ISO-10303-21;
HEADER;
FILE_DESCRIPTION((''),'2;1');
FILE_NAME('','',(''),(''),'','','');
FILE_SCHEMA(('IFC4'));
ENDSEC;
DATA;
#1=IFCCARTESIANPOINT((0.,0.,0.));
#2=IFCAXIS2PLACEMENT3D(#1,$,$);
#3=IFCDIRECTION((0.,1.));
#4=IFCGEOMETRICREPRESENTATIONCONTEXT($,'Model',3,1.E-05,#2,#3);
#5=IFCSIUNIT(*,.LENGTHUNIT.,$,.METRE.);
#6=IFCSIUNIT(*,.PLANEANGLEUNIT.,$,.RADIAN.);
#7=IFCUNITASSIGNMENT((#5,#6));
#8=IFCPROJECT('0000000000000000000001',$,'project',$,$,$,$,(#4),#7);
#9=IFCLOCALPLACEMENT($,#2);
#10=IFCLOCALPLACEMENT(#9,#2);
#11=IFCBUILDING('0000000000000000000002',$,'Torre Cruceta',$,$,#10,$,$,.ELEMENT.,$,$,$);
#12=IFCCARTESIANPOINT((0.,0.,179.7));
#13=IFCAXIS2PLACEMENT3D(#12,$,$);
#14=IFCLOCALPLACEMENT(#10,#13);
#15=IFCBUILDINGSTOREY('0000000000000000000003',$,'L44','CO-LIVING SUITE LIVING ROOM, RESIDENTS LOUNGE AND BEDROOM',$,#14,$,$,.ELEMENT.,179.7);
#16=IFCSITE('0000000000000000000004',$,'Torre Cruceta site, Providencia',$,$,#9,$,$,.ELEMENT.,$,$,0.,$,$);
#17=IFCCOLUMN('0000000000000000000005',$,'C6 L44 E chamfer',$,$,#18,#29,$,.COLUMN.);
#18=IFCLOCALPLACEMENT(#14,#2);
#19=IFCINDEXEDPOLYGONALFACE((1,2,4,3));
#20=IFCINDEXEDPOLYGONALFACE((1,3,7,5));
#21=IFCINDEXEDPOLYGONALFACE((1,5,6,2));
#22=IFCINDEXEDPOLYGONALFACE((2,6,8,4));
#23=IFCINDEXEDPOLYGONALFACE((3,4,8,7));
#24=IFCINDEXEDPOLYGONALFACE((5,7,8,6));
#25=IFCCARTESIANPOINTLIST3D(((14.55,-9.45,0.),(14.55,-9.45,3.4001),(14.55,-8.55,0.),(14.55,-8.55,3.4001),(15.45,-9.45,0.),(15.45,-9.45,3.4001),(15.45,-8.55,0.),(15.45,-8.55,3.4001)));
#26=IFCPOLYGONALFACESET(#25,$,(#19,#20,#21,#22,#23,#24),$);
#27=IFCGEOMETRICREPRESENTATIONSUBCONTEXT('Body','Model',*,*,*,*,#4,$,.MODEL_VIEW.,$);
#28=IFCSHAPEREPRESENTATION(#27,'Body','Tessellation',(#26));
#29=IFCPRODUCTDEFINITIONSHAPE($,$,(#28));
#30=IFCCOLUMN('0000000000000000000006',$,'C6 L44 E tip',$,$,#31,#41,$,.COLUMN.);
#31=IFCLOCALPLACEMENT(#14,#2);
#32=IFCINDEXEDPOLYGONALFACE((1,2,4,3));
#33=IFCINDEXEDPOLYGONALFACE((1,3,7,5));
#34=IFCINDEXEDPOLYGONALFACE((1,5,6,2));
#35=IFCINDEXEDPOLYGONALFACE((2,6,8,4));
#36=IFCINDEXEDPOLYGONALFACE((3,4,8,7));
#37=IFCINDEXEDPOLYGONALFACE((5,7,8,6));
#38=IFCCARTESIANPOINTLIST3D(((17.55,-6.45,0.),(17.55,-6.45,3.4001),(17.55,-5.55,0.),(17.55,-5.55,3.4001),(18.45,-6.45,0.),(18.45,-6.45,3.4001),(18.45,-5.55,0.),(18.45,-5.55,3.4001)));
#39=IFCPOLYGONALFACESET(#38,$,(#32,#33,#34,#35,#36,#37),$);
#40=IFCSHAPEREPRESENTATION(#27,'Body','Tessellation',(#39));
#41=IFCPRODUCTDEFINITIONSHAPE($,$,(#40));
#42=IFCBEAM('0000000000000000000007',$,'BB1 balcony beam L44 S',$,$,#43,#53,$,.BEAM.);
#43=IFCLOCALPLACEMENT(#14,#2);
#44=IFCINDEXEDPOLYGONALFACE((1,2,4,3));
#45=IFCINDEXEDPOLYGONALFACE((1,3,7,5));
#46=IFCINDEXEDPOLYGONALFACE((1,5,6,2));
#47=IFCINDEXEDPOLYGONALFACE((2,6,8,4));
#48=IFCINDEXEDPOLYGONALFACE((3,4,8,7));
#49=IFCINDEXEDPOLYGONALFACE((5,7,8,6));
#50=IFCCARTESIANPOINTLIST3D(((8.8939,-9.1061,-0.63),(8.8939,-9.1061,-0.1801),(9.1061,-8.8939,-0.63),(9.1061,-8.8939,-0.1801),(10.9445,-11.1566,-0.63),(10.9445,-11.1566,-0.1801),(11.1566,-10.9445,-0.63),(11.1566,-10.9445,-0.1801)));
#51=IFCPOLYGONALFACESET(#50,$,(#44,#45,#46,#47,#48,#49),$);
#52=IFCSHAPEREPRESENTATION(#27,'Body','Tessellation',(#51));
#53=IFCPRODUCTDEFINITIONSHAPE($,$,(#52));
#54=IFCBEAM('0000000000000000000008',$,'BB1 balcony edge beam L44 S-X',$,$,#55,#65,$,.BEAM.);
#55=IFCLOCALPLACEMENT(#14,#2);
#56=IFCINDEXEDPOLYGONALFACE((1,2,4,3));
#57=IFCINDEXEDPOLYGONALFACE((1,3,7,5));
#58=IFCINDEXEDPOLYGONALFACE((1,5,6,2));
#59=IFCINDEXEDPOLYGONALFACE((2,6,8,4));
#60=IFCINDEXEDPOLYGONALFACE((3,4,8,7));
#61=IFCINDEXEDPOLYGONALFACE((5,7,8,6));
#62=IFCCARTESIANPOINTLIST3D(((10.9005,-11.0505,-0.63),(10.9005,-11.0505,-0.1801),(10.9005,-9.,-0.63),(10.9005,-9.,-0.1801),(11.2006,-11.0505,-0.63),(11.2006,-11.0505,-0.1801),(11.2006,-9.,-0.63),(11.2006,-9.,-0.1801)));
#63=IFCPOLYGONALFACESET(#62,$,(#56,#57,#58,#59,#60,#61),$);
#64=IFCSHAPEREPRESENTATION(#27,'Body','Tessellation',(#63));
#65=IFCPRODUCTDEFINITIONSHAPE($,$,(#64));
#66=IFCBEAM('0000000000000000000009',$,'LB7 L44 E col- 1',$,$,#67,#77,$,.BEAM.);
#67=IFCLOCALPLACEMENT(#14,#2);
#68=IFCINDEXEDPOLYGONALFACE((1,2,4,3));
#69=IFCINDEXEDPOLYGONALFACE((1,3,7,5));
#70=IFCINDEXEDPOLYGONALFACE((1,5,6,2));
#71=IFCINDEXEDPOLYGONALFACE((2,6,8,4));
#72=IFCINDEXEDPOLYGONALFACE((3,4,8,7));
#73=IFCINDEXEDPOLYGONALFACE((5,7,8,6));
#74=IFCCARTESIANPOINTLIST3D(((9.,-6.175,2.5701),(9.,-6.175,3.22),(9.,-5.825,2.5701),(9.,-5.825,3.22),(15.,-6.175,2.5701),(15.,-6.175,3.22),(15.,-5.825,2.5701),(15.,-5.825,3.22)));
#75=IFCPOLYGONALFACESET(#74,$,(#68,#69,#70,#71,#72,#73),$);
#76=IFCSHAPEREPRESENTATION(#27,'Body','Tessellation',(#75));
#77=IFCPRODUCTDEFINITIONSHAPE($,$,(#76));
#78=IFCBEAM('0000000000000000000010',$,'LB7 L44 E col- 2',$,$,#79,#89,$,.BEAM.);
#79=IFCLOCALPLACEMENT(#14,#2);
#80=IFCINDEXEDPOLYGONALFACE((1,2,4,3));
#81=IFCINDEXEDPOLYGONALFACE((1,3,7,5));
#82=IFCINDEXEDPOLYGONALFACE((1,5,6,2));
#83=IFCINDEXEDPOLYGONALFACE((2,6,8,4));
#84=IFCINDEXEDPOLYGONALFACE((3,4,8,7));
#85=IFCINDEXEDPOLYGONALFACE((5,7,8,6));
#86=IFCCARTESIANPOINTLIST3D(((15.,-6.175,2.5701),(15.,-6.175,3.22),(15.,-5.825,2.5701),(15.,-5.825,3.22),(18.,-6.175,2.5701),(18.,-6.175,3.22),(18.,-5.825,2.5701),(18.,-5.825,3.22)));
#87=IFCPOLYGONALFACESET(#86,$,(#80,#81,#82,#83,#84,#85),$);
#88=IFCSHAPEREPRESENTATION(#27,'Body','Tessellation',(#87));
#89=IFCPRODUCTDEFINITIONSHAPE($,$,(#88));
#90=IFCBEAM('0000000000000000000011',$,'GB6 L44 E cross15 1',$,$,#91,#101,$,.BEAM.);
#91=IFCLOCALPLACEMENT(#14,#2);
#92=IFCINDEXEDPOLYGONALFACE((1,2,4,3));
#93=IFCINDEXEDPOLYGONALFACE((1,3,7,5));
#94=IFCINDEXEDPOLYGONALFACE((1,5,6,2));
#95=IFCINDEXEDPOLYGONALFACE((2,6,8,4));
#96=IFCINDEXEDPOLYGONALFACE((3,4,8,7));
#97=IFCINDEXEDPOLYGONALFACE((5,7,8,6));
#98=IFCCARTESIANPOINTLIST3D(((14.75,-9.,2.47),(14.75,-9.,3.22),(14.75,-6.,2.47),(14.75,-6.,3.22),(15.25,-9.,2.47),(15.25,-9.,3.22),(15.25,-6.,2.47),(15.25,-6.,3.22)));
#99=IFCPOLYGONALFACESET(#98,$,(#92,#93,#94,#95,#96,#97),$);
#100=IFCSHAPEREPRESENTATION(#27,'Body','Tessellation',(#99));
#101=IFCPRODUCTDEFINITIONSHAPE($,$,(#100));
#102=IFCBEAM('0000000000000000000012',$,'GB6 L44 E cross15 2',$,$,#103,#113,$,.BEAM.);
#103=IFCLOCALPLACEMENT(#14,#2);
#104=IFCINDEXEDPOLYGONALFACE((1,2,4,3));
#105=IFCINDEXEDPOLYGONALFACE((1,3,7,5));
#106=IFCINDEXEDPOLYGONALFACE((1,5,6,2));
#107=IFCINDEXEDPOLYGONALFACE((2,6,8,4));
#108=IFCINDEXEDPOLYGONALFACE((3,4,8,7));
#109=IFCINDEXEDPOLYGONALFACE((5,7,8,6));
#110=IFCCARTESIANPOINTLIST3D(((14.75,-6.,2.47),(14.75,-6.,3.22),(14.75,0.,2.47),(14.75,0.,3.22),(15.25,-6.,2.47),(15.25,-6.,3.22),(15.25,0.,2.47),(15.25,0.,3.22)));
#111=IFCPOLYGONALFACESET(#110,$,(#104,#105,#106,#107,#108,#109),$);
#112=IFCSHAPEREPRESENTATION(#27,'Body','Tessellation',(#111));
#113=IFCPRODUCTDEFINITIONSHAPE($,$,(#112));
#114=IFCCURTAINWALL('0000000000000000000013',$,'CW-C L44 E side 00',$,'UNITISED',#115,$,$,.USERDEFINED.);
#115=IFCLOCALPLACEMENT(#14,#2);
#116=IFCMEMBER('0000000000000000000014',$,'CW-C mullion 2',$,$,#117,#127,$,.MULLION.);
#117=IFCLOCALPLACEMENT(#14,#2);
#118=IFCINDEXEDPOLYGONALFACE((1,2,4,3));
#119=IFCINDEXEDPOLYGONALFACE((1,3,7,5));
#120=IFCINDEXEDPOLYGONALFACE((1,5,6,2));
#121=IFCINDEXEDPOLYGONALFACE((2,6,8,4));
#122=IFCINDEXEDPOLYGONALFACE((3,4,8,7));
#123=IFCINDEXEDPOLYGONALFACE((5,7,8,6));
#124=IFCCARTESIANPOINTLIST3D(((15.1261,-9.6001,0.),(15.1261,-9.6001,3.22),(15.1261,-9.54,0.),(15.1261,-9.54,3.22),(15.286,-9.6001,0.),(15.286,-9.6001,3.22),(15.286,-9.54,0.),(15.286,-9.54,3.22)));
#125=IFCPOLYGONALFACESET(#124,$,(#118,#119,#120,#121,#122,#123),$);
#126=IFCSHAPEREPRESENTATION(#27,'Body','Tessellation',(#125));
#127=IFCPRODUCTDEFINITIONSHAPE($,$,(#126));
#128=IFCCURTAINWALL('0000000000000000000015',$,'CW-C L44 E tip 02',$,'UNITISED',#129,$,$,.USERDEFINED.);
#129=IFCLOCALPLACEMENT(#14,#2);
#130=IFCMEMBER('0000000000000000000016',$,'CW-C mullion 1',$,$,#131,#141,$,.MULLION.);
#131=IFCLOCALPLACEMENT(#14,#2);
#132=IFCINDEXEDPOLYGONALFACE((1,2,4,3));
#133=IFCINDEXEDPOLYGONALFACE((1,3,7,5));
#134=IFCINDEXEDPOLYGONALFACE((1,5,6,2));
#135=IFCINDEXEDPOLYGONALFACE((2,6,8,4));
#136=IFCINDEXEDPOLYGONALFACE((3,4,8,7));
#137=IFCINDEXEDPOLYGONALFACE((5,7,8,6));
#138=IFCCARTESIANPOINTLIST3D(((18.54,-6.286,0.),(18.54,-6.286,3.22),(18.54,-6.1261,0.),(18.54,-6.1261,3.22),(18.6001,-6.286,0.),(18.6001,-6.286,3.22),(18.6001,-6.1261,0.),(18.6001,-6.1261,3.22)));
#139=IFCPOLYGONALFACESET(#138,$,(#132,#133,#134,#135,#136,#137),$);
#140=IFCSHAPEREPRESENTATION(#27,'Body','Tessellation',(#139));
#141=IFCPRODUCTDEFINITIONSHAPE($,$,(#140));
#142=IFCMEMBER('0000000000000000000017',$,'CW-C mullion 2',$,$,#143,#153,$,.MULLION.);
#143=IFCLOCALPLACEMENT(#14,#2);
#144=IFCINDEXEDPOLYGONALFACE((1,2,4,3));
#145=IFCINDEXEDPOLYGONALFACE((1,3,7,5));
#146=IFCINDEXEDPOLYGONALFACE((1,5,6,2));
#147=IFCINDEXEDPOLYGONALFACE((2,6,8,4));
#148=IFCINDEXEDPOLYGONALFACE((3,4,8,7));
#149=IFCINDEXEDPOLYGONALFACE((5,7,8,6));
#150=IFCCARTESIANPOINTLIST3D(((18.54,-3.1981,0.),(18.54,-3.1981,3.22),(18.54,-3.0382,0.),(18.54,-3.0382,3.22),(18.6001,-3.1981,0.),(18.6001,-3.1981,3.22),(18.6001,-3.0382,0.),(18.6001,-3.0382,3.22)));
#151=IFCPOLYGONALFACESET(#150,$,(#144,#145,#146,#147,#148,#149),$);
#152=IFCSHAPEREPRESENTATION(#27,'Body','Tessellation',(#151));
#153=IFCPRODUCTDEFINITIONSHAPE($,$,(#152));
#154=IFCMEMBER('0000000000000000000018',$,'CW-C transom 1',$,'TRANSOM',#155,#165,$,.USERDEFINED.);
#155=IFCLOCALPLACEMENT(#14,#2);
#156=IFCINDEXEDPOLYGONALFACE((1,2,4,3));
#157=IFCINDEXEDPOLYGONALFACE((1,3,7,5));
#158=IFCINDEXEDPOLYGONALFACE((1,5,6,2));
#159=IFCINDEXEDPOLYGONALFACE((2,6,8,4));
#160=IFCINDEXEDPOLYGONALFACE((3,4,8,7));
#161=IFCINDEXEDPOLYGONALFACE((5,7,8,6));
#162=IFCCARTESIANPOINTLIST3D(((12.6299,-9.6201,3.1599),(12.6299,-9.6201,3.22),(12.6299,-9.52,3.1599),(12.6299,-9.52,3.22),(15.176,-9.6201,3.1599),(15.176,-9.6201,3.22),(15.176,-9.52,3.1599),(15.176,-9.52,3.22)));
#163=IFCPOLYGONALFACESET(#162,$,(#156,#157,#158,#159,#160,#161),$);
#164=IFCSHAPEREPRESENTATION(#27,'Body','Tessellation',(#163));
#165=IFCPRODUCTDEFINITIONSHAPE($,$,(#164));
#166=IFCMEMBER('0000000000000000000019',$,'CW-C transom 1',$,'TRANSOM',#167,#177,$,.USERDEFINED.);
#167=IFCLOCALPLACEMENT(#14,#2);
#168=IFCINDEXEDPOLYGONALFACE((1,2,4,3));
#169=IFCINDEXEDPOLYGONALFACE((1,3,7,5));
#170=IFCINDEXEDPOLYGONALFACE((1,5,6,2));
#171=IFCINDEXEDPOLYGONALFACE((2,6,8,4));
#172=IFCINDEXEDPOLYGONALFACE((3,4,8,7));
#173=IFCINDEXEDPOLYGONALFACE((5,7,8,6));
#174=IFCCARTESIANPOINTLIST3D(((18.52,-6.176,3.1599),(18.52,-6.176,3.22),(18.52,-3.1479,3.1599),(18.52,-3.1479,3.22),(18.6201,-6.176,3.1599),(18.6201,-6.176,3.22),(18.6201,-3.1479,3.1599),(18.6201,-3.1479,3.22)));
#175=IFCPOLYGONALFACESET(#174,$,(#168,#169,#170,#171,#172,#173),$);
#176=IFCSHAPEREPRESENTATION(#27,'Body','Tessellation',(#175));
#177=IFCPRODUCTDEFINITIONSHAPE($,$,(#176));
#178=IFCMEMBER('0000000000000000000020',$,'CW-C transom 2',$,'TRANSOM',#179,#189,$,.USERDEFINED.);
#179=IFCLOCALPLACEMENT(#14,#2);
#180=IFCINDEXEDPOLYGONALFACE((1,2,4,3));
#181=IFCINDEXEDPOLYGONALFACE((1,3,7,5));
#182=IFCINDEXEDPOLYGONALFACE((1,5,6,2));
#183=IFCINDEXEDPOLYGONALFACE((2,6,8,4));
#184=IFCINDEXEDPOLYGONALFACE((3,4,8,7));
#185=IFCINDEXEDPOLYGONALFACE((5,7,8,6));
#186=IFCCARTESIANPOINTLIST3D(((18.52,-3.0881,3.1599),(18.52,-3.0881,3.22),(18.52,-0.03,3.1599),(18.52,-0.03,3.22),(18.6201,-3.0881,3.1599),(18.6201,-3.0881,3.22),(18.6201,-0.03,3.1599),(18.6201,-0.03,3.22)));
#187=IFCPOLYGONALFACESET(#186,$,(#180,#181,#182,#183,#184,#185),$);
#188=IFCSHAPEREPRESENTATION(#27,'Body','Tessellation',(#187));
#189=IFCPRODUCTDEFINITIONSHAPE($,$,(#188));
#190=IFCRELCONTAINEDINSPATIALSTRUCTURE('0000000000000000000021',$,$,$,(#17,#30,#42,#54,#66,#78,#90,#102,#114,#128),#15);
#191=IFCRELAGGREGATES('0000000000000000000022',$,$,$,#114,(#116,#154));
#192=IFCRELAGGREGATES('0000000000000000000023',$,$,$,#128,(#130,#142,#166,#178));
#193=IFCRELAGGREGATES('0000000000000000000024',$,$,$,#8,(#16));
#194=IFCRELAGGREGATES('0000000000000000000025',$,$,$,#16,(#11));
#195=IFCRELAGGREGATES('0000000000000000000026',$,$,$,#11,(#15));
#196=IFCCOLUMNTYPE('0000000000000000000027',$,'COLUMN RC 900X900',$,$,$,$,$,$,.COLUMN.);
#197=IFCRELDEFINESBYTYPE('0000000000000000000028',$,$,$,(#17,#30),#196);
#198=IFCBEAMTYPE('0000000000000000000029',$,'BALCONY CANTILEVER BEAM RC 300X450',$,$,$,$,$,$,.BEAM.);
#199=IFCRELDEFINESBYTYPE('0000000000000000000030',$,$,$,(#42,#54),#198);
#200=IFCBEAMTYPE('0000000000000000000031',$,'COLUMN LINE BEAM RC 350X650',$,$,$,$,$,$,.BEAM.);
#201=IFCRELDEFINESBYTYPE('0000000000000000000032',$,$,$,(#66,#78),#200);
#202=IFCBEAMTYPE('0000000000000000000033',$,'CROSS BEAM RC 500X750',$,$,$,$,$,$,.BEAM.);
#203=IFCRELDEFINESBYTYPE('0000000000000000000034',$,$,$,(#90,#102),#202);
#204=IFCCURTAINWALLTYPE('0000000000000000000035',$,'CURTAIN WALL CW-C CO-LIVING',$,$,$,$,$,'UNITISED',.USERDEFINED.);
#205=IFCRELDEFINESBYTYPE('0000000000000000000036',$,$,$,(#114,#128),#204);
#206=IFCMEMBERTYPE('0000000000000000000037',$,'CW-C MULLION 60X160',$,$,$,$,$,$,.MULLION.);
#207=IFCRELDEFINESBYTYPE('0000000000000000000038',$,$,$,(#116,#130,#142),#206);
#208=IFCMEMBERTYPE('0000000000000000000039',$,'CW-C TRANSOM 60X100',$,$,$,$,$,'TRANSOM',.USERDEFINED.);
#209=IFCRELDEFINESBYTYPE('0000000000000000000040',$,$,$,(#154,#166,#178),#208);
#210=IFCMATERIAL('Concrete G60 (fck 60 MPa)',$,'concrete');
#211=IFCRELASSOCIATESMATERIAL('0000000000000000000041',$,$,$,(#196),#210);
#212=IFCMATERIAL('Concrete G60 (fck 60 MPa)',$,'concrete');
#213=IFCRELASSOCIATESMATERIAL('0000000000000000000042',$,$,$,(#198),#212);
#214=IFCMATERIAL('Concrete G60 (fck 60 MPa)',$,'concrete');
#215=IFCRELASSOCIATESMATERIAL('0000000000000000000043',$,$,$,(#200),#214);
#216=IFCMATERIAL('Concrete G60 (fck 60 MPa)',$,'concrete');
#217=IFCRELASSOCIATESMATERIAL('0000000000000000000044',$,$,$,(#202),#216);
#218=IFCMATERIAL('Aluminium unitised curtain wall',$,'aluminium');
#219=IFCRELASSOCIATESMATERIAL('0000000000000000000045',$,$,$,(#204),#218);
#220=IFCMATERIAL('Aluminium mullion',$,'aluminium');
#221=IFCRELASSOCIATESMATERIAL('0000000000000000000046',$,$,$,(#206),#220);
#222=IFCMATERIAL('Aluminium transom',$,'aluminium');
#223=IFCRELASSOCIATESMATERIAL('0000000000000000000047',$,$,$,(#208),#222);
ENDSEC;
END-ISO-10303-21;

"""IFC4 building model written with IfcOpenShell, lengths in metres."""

from ifc_helpers import new_model, si_unit, direction, frame, origin, origin_2d, place, context, subcontext, project, spatial, rectangle, extrude, material, material_profile, profile_set, type_object, element, aggregate, save


model = new_model("IFC4")

# Units and contexts
model_context = context("Model", 3, precision=1e-05, world=origin(), true_north=direction((0.0, 1.0)))
body_context = subcontext(model_context, "Body", "Model", "MODEL_VIEW")
ifc_project = project(units=[si_unit("LENGTHUNIT", "METRE"), si_unit("PLANEANGLEUNIT", "RADIAN")], contexts=[model_context])

# Site, building, storey
site_placement = place(None, origin())
site = spatial("IfcSite", under=ifc_project, at=site_placement, Name="Torre Cruceta site, Providencia", CompositionType="ELEMENT", RefElevation=0.0)
building_placement = place(site_placement, origin())
building = spatial("IfcBuilding", under=site, at=building_placement, Name="Torre Cruceta", CompositionType="ELEMENT")
storey_placement = place(building_placement, frame((0.0, 0.0, 179.7)))
storey = spatial("IfcBuildingStorey", under=building, at=storey_placement, Name="L44", Description="CO-LIVING SUITE LIVING ROOM, RESIDENTS LOUNGE AND BEDROOM", CompositionType="ELEMENT", Elevation=179.7)

# Columns
ifc_material_1 = material(Name="Concrete G60 (fck 60 MPa)", Category="concrete")
ifc_material_profile_1 = material_profile(ifc_material_1, rectangle(XDim=0.8999, YDim=0.8999, at=origin_2d()), Name="RC 900X900")
ifc_profile_set_1 = profile_set([ifc_material_profile_1], Name="Concrete G60 (fck 60 MPa)")
column_type = type_object("IfcColumnType", Name="COLUMN RC 900X900", PredefinedType="COLUMN", material=ifc_profile_set_1)
for number, where, z_axis, x_axis, name in (
    (1, (15.0, -9.0, 0.0), (0.0, 0.0, 1.0), (1.0, 0.0, 0.0), "C6 L44 E chamfer"),
    (2, (18.0, -6.0, 0.0), (0.0, 0.0, 1.0), (1.0, 0.0, 0.0), "C6 L44 E tip"),
):
    element("IfcColumn", number, at=place(storey_placement, frame(where, z_axis=z_axis, x_axis=x_axis)), inside=storey, type_object=column_type, Name=name, PredefinedType="COLUMN", context=body_context, shape_type="SweptSolid", body=[
        extrude(rectangle(XDim=0.8999, YDim=0.8999, at=origin_2d()), origin(), (0.0, 0.0, 1.0), 3.4001),
    ])

# Beams
ifc_material_2 = material(Name="Concrete G60 (fck 60 MPa)", Category="concrete")
ifc_material_profile_2 = material_profile(ifc_material_2, rectangle(XDim=0.3, YDim=0.45, at=origin_2d()), Name="RC 300X450")
ifc_profile_set_2 = profile_set([ifc_material_profile_2], Name="Concrete G60 (fck 60 MPa)")
beam_type_1 = type_object("IfcBeamType", Name="BALCONY CANTILEVER BEAM RC 300X450", PredefinedType="BEAM", material=ifc_profile_set_2)
beam_1_placement = place(storey_placement, frame((9.0, -9.0, -0.405), z_axis=(0.707107, -0.707107, 0.0), x_axis=(0.707107, 0.707107, 0.0)))
element("IfcBeam", 3, at=beam_1_placement, inside=storey, type_object=beam_type_1, Name="BB1 balcony beam L44 S", PredefinedType="BEAM", context=body_context, shape_type="SweptSolid", body=[
    extrude(rectangle(XDim=0.3, YDim=0.45, at=origin_2d()), origin(), (0.0, 0.0, 1.0), 2.8999),
])
beam_2_placement = place(storey_placement, frame((11.0505, -9.0, -0.405), z_axis=(0.0, -1.0, 0.0), x_axis=(1.0, 0.0, 0.0)))
element("IfcBeam", 4, at=beam_2_placement, inside=storey, type_object=beam_type_1, Name="BB1 balcony edge beam L44 S-X", PredefinedType="BEAM", context=body_context, shape_type="SweptSolid", body=[
    extrude(rectangle(XDim=0.3, YDim=0.45, at=origin_2d()), origin(), (0.0, 0.0, 1.0), 2.0505),
])
ifc_material_3 = material(Name="Concrete G60 (fck 60 MPa)", Category="concrete")
ifc_material_profile_3 = material_profile(ifc_material_3, rectangle(XDim=0.3501, YDim=0.6499, at=origin_2d()), Name="RC 350X650")
ifc_profile_set_3 = profile_set([ifc_material_profile_3], Name="Concrete G60 (fck 60 MPa)")
beam_type_2 = type_object("IfcBeamType", Name="COLUMN LINE BEAM RC 350X650", PredefinedType="BEAM", material=ifc_profile_set_3)
beam_3_placement = place(storey_placement, frame((9.0, -6.0, 2.895), z_axis=(1.0, 0.0, 0.0), x_axis=(0.0, 1.0, 0.0)))
element("IfcBeam", 5, at=beam_3_placement, inside=storey, type_object=beam_type_2, Name="LB7 L44 E col- 1", PredefinedType="BEAM", context=body_context, shape_type="SweptSolid", body=[
    extrude(rectangle(XDim=0.3501, YDim=0.6499, at=origin_2d()), origin(), (0.0, 0.0, 1.0), 6.0),
])
beam_4_placement = place(storey_placement, frame((15.0, -6.0, 2.895), z_axis=(1.0, 0.0, 0.0), x_axis=(0.0, 1.0, 0.0)))
element("IfcBeam", 6, at=beam_4_placement, inside=storey, type_object=beam_type_2, Name="LB7 L44 E col- 2", PredefinedType="BEAM", context=body_context, shape_type="SweptSolid", body=[
    extrude(rectangle(XDim=0.3501, YDim=0.6499, at=origin_2d()), origin(), (0.0, 0.0, 1.0), 3.0),
])
ifc_material_4 = material(Name="Concrete G60 (fck 60 MPa)", Category="concrete")
ifc_material_profile_4 = material_profile(ifc_material_4, rectangle(XDim=0.5, YDim=0.75, at=origin_2d()), Name="RC 500X750")
ifc_profile_set_4 = profile_set([ifc_material_profile_4], Name="Concrete G60 (fck 60 MPa)")
beam_type_3 = type_object("IfcBeamType", Name="CROSS BEAM RC 500X750", PredefinedType="BEAM", material=ifc_profile_set_4)
beam_5_placement = place(storey_placement, frame((15.0, -9.0, 2.845), z_axis=(0.0, 1.0, 0.0), x_axis=(-1.0, 0.0, 0.0)))
element("IfcBeam", 7, at=beam_5_placement, inside=storey, type_object=beam_type_3, Name="GB6 L44 E cross15 1", PredefinedType="BEAM", context=body_context, shape_type="SweptSolid", body=[
    extrude(rectangle(XDim=0.5, YDim=0.75, at=origin_2d()), origin(), (0.0, 0.0, 1.0), 3.0),
])
beam_6_placement = place(storey_placement, frame((15.0, -6.0, 2.845), z_axis=(0.0, 1.0, 0.0), x_axis=(-1.0, 0.0, 0.0)))
element("IfcBeam", 8, at=beam_6_placement, inside=storey, type_object=beam_type_3, Name="GB6 L44 E cross15 2", PredefinedType="BEAM", context=body_context, shape_type="SweptSolid", body=[
    extrude(rectangle(XDim=0.5, YDim=0.75, at=origin_2d()), origin(), (0.0, 0.0, 1.0), 6.0),
])

# Curtain wall, member
ifc_material_5 = material(Name="Aluminium unitised curtain wall", Category="aluminium")
curtain_wall_type = type_object("IfcCurtainWallType", Name="CURTAIN WALL CW-C CO-LIVING", ElementType="UNITISED", PredefinedType="USERDEFINED", material=ifc_material_5)
curtain_wall_1_placement = place(storey_placement, origin())
curtain_wall_1 = element("IfcCurtainWall", 9, at=curtain_wall_1_placement, inside=storey, type_object=curtain_wall_type, Name="CW-C L44 E side 00", ObjectType="UNITISED", PredefinedType="USERDEFINED")
ifc_material_6 = material(Name="Aluminium mullion", Category="aluminium")
ifc_material_profile_5 = material_profile(ifc_material_6, rectangle(XDim=0.0601, YDim=0.1599, at=origin_2d()), Name="AL 60X160")
ifc_profile_set_5 = profile_set([ifc_material_profile_5], Name="Aluminium mullion")
member_type_1 = type_object("IfcMemberType", Name="CW-C MULLION 60X160", PredefinedType="MULLION", material=ifc_profile_set_5)
member_1_placement = place(storey_placement, frame((15.2061, -9.5701, 0.0), z_axis=(0.0, 0.0, 1.0), x_axis=(0.0, 1.0, 0.0)))
member_1 = element("IfcMember", 10, at=member_1_placement, type_object=member_type_1, Name="CW-C mullion 2", PredefinedType="MULLION", context=body_context, shape_type="SweptSolid", body=[
    extrude(rectangle(XDim=0.0601, YDim=0.1599, at=origin_2d()), origin(), (0.0, 0.0, 1.0), 3.22),
])

# Curtain wall, members
curtain_wall_2_placement = place(storey_placement, origin())
curtain_wall_2 = element("IfcCurtainWall", 11, at=curtain_wall_2_placement, inside=storey, type_object=curtain_wall_type, Name="CW-C L44 E tip 02", ObjectType="UNITISED", PredefinedType="USERDEFINED")
member_2_placement = place(storey_placement, frame((18.5701, -6.2061, 0.0), z_axis=(0.0, 0.0, 1.0), x_axis=(-1.0, 0.0, 0.0)))
member_2 = element("IfcMember", 12, at=member_2_placement, type_object=member_type_1, Name="CW-C mullion 1", PredefinedType="MULLION", context=body_context, shape_type="SweptSolid", body=[
    extrude(rectangle(XDim=0.0601, YDim=0.1599, at=origin_2d()), origin(), (0.0, 0.0, 1.0), 3.22),
])
member_3_placement = place(storey_placement, frame((18.5701, -3.1182, 0.0), z_axis=(0.0, 0.0, 1.0), x_axis=(-1.0, 0.0, 0.0)))
member_3 = element("IfcMember", 13, at=member_3_placement, type_object=member_type_1, Name="CW-C mullion 2", PredefinedType="MULLION", context=body_context, shape_type="SweptSolid", body=[
    extrude(rectangle(XDim=0.0601, YDim=0.1599, at=origin_2d()), origin(), (0.0, 0.0, 1.0), 3.22),
])

# Members
ifc_material_7 = material(Name="Aluminium transom", Category="aluminium")
ifc_material_profile_6 = material_profile(ifc_material_7, rectangle(XDim=0.1001, YDim=0.0601, at=origin_2d()), Name="AL 100X60")
ifc_profile_set_6 = profile_set([ifc_material_profile_6], Name="Aluminium transom")
member_type_2 = type_object("IfcMemberType", Name="CW-C TRANSOM 60X100", ElementType="TRANSOM", PredefinedType="USERDEFINED", material=ifc_profile_set_6)
member_4_placement = place(storey_placement, frame((12.6299, -9.5701, 3.1899), z_axis=(1.0, 0.0, 0.0), x_axis=(0.0, 1.0, 0.0)))
member_4 = element("IfcMember", 14, at=member_4_placement, type_object=member_type_2, Name="CW-C transom 1", ObjectType="TRANSOM", PredefinedType="USERDEFINED", context=body_context, shape_type="SweptSolid", body=[
    extrude(rectangle(XDim=0.1001, YDim=0.0601, at=origin_2d()), origin(), (0.0, 0.0, 1.0), 2.5461),
])
member_5_placement = place(storey_placement, frame((18.5701, -6.176, 3.1899), z_axis=(0.0, 1.0, 0.0), x_axis=(-1.0, 0.0, 0.0)))
member_5 = element("IfcMember", 15, at=member_5_placement, type_object=member_type_2, Name="CW-C transom 1", ObjectType="TRANSOM", PredefinedType="USERDEFINED", context=body_context, shape_type="SweptSolid", body=[
    extrude(rectangle(XDim=0.1001, YDim=0.0601, at=origin_2d()), origin(), (0.0, 0.0, 1.0), 3.0281),
])
member_6_placement = place(storey_placement, frame((18.5701, -3.0881, 3.1899), z_axis=(0.0, 1.0, 0.0), x_axis=(-1.0, 0.0, 0.0)))
member_6 = element("IfcMember", 16, at=member_6_placement, type_object=member_type_2, Name="CW-C transom 2", ObjectType="TRANSOM", PredefinedType="USERDEFINED", context=body_context, shape_type="SweptSolid", body=[
    extrude(rectangle(XDim=0.1001, YDim=0.0601, at=origin_2d()), origin(), (0.0, 0.0, 1.0), 3.0581),
])

aggregate(curtain_wall_1, [member_1, member_4])
aggregate(curtain_wall_2, [member_2, member_3, member_5, member_6])

save(model, "model.ifc")
